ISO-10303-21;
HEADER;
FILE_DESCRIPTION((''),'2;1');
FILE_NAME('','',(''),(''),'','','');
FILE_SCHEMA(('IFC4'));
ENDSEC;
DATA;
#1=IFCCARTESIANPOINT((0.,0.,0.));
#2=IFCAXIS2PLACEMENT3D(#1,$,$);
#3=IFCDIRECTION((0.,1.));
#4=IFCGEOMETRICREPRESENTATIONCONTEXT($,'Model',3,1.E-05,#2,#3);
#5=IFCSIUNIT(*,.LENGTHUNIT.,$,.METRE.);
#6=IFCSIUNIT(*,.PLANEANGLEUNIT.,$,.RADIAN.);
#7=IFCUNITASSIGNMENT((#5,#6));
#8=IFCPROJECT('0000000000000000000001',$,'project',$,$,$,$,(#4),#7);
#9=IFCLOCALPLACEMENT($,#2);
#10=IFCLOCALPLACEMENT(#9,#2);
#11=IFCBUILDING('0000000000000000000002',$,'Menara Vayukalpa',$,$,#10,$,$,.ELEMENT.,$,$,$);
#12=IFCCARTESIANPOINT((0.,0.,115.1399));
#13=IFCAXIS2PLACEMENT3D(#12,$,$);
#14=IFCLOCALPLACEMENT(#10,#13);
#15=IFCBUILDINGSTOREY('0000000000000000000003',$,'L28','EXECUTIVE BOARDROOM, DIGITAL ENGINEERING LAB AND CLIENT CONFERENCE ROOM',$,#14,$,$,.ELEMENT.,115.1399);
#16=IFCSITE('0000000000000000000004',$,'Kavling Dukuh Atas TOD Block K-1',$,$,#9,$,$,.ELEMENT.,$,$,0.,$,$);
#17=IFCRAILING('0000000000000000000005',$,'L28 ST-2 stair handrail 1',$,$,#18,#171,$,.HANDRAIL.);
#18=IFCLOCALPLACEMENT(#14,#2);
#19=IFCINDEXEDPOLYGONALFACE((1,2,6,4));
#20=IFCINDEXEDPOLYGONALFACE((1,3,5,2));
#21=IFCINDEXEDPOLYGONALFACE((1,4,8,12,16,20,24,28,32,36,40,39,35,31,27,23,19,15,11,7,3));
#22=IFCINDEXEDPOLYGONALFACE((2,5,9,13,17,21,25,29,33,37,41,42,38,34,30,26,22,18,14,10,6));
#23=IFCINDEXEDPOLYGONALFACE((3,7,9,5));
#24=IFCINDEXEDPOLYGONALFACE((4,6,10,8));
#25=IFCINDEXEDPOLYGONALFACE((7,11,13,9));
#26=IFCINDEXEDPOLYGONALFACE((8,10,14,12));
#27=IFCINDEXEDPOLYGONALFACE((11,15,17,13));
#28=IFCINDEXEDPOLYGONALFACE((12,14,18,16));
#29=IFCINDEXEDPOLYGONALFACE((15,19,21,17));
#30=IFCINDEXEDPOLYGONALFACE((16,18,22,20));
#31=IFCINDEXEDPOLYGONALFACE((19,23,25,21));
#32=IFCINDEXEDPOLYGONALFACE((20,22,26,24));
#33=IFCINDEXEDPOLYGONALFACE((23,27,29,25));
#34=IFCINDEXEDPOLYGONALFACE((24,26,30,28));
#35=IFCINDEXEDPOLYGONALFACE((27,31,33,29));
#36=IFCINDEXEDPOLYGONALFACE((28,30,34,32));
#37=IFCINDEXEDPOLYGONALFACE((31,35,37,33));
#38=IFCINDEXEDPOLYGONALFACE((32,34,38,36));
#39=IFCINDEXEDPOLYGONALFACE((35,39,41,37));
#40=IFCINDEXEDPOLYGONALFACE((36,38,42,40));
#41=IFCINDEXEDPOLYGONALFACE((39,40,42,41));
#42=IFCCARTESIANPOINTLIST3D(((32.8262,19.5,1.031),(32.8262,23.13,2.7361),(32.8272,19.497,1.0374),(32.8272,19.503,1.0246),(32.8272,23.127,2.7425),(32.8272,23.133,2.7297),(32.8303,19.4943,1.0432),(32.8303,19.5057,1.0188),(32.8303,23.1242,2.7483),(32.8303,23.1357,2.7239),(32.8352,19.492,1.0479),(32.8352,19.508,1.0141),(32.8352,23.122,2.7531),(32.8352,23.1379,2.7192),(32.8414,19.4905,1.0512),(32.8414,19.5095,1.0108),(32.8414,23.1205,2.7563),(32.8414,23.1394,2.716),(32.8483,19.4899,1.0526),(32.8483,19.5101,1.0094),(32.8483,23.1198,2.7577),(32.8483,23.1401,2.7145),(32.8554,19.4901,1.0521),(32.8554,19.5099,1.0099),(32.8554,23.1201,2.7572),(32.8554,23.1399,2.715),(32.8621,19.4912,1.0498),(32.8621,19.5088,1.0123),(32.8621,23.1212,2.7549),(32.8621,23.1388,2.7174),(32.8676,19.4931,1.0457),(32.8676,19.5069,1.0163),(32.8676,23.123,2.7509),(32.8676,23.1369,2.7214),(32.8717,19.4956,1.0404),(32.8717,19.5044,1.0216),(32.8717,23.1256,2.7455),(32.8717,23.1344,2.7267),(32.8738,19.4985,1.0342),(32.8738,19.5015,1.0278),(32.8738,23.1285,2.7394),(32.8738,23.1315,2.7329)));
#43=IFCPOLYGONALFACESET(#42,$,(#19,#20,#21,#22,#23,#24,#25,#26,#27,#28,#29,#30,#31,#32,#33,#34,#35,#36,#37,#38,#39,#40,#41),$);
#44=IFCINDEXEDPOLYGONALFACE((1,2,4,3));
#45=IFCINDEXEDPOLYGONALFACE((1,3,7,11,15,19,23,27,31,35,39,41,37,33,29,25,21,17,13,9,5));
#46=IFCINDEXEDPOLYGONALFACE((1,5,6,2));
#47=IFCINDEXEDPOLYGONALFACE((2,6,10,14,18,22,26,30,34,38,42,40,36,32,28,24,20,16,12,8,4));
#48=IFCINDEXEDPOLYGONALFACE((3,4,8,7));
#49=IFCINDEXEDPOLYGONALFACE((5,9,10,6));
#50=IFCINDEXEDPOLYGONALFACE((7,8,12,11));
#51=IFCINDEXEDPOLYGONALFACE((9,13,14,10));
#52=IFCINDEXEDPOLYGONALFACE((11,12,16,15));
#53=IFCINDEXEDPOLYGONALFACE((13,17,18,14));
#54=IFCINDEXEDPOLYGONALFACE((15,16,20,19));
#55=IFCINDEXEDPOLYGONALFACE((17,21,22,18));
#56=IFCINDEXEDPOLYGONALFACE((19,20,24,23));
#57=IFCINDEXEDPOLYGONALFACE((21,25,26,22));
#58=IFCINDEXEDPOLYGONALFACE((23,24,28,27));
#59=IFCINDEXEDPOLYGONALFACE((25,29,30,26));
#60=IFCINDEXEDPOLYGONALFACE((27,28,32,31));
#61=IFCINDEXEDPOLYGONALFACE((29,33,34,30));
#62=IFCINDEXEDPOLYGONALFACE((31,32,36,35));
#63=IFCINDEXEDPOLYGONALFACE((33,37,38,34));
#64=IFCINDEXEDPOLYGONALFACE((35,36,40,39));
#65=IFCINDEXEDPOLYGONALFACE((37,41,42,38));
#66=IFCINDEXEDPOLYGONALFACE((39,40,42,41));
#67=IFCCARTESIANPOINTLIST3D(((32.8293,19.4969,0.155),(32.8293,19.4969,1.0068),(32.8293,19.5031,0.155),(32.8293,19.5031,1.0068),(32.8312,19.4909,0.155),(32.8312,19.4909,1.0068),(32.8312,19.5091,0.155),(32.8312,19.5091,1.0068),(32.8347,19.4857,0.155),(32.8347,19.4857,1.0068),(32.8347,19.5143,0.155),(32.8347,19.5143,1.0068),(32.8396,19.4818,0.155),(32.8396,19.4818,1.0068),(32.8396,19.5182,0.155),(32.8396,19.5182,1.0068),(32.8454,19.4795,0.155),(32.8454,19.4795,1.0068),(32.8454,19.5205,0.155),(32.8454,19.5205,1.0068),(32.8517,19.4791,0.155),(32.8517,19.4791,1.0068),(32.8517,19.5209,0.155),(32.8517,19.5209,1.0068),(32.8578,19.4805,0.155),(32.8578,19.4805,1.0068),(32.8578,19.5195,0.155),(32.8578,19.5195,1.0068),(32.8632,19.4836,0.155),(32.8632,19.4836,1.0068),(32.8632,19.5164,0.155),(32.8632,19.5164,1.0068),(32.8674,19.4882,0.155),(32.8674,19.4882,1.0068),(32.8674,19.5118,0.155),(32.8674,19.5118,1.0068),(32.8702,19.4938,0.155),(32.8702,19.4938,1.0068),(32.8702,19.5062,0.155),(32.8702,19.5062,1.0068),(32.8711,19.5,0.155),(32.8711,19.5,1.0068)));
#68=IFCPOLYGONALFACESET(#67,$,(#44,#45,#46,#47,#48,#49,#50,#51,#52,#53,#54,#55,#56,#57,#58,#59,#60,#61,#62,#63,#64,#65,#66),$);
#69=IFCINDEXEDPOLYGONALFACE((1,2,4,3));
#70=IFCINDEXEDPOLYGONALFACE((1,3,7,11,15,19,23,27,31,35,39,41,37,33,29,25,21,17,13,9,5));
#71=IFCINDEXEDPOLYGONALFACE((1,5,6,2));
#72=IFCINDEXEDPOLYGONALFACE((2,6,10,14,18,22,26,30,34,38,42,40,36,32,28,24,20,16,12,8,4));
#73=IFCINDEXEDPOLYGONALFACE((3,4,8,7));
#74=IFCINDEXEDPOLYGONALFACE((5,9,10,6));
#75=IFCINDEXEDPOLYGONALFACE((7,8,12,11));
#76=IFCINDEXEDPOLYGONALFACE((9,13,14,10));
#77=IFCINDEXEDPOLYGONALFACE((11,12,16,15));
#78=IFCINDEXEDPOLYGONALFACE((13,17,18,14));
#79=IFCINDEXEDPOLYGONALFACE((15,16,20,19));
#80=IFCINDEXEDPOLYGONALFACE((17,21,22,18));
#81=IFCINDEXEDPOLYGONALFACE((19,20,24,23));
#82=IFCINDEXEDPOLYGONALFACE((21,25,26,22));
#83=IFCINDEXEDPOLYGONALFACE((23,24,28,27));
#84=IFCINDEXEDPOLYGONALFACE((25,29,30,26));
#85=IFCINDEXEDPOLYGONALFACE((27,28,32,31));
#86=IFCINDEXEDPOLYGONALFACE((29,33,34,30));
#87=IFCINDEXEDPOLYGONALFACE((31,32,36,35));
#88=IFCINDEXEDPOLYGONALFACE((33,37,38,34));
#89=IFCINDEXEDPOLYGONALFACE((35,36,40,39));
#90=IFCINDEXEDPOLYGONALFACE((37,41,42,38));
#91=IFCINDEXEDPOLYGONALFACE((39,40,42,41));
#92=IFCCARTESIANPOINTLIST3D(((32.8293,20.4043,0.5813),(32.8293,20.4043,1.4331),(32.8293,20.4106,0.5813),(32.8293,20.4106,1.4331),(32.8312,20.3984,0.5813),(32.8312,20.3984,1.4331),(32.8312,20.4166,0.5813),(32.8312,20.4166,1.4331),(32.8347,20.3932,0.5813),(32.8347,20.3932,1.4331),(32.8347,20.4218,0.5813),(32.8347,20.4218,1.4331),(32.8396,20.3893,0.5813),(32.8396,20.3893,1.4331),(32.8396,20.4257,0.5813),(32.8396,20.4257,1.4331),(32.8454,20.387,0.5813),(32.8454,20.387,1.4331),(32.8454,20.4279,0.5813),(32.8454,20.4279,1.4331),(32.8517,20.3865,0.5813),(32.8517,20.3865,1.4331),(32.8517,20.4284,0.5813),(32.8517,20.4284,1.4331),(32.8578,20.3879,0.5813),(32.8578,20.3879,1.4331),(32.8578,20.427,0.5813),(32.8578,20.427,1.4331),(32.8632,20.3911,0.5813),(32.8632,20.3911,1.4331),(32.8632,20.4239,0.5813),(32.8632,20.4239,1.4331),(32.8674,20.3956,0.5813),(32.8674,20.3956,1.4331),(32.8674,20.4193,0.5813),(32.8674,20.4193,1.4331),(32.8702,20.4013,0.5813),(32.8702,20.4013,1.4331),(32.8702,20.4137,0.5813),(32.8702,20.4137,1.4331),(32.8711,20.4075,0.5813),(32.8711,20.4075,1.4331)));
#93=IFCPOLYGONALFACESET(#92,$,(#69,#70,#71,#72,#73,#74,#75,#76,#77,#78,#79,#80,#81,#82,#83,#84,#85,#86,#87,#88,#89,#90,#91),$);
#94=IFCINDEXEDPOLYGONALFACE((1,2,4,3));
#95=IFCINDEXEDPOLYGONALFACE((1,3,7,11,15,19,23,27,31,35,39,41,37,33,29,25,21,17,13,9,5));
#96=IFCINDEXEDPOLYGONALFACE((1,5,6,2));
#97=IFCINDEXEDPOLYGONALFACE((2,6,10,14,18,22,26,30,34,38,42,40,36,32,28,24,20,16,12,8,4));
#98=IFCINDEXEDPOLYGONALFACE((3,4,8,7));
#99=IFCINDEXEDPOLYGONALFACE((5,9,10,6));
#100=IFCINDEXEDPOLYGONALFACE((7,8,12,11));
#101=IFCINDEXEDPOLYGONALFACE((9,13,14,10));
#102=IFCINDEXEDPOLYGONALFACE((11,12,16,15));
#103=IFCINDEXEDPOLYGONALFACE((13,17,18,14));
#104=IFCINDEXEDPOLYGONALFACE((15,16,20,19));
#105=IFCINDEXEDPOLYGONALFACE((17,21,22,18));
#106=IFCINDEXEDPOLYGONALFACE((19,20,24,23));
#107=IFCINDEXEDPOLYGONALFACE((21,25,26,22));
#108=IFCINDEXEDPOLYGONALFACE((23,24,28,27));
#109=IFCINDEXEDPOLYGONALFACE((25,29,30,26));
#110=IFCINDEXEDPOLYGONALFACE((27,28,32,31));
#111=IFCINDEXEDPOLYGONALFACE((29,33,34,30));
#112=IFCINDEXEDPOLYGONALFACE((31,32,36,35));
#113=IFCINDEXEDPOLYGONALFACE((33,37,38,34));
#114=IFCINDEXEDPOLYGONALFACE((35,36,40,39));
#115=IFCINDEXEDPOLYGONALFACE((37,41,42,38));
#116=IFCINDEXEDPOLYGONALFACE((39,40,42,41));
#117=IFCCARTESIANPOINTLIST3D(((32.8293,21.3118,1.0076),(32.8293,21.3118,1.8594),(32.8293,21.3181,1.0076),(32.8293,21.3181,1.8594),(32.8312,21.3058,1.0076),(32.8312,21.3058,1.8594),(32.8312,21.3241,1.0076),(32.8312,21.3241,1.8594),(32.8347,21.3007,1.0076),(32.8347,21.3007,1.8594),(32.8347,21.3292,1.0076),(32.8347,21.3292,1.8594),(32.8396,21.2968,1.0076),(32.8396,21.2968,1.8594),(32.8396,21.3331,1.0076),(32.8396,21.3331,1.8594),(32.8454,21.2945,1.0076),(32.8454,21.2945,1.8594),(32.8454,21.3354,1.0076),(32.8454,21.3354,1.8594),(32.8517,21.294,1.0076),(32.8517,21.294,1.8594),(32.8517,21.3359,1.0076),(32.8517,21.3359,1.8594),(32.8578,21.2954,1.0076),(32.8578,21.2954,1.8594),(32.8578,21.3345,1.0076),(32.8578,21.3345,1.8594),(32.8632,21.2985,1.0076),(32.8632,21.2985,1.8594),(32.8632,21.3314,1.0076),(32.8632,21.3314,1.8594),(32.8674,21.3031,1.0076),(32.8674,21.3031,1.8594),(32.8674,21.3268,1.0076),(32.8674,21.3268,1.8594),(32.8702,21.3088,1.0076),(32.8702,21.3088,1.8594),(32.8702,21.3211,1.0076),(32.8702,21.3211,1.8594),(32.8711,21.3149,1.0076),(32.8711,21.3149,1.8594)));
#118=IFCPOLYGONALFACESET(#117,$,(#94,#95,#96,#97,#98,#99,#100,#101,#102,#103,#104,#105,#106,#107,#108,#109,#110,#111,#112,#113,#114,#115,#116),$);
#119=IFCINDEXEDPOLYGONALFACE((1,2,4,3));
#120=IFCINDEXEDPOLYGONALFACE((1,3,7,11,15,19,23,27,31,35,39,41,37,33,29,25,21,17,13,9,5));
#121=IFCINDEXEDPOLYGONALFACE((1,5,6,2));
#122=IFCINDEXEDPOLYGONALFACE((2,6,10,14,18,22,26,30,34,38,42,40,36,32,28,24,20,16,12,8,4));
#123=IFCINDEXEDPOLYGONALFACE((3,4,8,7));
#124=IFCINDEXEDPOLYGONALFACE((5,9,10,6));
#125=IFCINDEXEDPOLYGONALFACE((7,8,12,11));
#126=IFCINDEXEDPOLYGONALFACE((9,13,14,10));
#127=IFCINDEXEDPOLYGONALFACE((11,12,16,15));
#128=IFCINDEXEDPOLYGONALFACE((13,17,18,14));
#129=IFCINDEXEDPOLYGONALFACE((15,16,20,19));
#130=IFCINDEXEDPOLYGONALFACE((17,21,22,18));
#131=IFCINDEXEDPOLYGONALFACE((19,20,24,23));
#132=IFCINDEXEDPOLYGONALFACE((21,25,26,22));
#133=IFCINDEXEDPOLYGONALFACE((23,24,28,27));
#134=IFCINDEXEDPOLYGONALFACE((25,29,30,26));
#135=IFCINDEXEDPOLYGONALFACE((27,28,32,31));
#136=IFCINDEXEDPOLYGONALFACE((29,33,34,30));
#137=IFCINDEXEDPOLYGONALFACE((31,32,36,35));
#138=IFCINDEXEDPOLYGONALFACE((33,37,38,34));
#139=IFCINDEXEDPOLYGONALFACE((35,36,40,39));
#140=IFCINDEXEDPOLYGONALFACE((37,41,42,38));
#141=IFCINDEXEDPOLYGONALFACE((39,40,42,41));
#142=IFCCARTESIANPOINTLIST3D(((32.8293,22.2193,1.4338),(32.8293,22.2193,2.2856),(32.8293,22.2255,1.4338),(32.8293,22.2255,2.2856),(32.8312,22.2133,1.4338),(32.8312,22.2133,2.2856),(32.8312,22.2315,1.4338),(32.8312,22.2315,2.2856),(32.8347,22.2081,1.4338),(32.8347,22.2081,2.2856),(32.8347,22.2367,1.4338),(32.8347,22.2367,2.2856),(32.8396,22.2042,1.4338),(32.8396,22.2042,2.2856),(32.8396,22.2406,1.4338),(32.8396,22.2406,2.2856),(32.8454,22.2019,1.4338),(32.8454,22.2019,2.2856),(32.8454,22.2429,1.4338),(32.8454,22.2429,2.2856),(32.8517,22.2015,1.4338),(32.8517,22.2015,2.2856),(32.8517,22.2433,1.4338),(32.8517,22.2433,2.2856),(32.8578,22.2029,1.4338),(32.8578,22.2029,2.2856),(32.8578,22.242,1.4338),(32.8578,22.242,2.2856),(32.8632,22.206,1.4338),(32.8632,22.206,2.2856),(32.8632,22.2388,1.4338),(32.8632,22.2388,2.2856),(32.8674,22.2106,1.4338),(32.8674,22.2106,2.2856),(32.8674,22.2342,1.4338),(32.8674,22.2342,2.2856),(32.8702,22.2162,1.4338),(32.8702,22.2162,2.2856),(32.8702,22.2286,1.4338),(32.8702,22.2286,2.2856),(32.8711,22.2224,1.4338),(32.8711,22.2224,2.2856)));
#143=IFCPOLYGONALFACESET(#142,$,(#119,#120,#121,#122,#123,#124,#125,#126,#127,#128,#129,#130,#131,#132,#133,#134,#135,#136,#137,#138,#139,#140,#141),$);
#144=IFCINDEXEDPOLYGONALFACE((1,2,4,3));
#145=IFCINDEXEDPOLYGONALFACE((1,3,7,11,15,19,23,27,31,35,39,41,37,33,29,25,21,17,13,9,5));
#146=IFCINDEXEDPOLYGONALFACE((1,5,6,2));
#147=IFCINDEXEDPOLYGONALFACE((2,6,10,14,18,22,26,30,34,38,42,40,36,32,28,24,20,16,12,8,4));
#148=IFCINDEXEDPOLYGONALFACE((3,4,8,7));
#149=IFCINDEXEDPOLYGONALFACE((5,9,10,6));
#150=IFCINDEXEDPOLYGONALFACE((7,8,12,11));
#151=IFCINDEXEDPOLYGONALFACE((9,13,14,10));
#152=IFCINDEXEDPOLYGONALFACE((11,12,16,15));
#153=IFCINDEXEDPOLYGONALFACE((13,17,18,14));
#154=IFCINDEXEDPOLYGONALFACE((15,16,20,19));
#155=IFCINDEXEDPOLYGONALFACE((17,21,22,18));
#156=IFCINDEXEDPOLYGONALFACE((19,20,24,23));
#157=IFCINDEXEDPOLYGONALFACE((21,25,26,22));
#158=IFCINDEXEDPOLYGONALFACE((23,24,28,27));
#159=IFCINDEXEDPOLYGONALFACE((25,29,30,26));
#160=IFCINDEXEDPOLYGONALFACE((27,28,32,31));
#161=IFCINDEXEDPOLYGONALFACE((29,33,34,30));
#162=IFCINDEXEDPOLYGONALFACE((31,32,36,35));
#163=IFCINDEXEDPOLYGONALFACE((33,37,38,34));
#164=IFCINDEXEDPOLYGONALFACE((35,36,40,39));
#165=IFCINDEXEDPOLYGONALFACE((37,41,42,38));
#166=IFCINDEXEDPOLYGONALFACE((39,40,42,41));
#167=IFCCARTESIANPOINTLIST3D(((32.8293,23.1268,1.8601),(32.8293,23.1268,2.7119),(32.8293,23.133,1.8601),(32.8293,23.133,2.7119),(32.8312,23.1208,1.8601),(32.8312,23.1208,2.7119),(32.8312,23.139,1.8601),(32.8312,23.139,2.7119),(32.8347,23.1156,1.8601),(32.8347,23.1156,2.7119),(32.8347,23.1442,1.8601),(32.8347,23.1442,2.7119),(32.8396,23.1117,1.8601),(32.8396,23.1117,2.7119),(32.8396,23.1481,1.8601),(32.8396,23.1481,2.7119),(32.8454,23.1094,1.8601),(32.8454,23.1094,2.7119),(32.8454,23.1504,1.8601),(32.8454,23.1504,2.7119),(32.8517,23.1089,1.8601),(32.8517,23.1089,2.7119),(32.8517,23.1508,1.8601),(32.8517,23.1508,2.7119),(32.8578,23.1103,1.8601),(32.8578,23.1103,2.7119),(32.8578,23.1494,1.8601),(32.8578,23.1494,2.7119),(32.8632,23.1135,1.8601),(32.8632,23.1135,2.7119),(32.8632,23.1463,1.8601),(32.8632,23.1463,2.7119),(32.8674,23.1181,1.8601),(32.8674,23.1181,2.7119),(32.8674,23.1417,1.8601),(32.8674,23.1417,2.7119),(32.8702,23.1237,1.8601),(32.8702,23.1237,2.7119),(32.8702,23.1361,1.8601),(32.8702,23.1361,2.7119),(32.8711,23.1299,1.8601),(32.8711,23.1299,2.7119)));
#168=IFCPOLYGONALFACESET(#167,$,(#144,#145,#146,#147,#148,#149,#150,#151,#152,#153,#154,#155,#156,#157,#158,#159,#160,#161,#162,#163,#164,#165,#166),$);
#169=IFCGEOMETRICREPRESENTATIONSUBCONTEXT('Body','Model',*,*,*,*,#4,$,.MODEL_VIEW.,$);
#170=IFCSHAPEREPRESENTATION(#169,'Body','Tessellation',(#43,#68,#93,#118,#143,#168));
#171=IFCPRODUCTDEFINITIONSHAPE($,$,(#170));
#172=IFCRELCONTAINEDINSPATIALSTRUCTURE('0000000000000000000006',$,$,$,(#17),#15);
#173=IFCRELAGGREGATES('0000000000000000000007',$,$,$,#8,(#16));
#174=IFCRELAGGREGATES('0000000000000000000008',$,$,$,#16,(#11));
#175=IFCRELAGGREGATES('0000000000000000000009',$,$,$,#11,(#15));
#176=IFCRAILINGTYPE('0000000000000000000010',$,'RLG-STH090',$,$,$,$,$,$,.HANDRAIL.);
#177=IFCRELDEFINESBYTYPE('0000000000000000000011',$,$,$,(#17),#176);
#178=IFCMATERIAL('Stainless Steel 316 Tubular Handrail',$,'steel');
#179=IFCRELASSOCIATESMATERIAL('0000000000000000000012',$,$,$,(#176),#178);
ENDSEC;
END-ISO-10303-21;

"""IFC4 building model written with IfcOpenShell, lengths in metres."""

from ifc_helpers import new_model, si_unit, direction, frame, origin, origin_2d, place, context, subcontext, project, spatial, circle, extrude, material, type_object, element, save


model = new_model("IFC4")

# Units and contexts
model_context = context("Model", 3, precision=1e-05, world=origin(), true_north=direction((0.0, 1.0)))
body_context = subcontext(model_context, "Body", "Model", "MODEL_VIEW")
ifc_project = project(units=[si_unit("LENGTHUNIT", "METRE"), si_unit("PLANEANGLEUNIT", "RADIAN")], contexts=[model_context])

# Site, building, storey
site_placement = place(None, origin())
site = spatial("IfcSite", under=ifc_project, at=site_placement, Name="Kavling Dukuh Atas TOD Block K-1", CompositionType="ELEMENT", RefElevation=0.0)
building_placement = place(site_placement, origin())
building = spatial("IfcBuilding", under=site, at=building_placement, Name="Menara Vayukalpa", CompositionType="ELEMENT")
storey_placement = place(building_placement, frame((0.0, 0.0, 115.1399)))
storey = spatial("IfcBuildingStorey", under=building, at=storey_placement, Name="L28", Description="EXECUTIVE BOARDROOM, DIGITAL ENGINEERING LAB AND CLIENT CONFERENCE ROOM", CompositionType="ELEMENT", Elevation=115.1399)

# Railing
ifc_material_1 = material(Name="Stainless Steel 316 Tubular Handrail", Category="steel")
railing_type_1 = type_object("IfcRailingType", Name="RLG-STH090", PredefinedType="HANDRAIL", material=ifc_material_1)
railing_1_placement = place(storey_placement, frame((32.8501, 19.5, 0.155)))
element("IfcRailing", 1, at=railing_1_placement, inside=storey, type_object=railing_type_1, Name="L28 ST-2 stair handrail 1", PredefinedType="HANDRAIL", context=body_context, shape_type="SweptSolid", body=[
    extrude(circle(Radius=0.0239, at=origin_2d()), frame((0.0, 0.0, 0.876), z_axis=(0.0, 0.905116, 0.425164), x_axis=(-1.0, 0.0, 0.0)), (0.0, 0.0, 1.0), 4.0105),
    extrude(circle(Radius=0.021, at=origin_2d()), origin(), (0.0, 0.0, 1.0), 0.8518),
    extrude(circle(Radius=0.021, at=origin_2d()), frame((0.0, 0.9075, 0.4263)), (0.0, 0.0, 1.0), 0.8518),
    extrude(circle(Radius=0.021, at=origin_2d()), frame((0.0, 1.8149, 0.8525)), (0.0, 0.0, 1.0), 0.8518),
    extrude(circle(Radius=0.021, at=origin_2d()), frame((0.0, 2.7224, 1.2788)), (0.0, 0.0, 1.0), 0.8518),
    extrude(circle(Radius=0.021, at=origin_2d()), frame((0.0, 3.6299, 1.7051)), (0.0, 0.0, 1.0), 0.8518),
])

save(model, "model.ifc")
